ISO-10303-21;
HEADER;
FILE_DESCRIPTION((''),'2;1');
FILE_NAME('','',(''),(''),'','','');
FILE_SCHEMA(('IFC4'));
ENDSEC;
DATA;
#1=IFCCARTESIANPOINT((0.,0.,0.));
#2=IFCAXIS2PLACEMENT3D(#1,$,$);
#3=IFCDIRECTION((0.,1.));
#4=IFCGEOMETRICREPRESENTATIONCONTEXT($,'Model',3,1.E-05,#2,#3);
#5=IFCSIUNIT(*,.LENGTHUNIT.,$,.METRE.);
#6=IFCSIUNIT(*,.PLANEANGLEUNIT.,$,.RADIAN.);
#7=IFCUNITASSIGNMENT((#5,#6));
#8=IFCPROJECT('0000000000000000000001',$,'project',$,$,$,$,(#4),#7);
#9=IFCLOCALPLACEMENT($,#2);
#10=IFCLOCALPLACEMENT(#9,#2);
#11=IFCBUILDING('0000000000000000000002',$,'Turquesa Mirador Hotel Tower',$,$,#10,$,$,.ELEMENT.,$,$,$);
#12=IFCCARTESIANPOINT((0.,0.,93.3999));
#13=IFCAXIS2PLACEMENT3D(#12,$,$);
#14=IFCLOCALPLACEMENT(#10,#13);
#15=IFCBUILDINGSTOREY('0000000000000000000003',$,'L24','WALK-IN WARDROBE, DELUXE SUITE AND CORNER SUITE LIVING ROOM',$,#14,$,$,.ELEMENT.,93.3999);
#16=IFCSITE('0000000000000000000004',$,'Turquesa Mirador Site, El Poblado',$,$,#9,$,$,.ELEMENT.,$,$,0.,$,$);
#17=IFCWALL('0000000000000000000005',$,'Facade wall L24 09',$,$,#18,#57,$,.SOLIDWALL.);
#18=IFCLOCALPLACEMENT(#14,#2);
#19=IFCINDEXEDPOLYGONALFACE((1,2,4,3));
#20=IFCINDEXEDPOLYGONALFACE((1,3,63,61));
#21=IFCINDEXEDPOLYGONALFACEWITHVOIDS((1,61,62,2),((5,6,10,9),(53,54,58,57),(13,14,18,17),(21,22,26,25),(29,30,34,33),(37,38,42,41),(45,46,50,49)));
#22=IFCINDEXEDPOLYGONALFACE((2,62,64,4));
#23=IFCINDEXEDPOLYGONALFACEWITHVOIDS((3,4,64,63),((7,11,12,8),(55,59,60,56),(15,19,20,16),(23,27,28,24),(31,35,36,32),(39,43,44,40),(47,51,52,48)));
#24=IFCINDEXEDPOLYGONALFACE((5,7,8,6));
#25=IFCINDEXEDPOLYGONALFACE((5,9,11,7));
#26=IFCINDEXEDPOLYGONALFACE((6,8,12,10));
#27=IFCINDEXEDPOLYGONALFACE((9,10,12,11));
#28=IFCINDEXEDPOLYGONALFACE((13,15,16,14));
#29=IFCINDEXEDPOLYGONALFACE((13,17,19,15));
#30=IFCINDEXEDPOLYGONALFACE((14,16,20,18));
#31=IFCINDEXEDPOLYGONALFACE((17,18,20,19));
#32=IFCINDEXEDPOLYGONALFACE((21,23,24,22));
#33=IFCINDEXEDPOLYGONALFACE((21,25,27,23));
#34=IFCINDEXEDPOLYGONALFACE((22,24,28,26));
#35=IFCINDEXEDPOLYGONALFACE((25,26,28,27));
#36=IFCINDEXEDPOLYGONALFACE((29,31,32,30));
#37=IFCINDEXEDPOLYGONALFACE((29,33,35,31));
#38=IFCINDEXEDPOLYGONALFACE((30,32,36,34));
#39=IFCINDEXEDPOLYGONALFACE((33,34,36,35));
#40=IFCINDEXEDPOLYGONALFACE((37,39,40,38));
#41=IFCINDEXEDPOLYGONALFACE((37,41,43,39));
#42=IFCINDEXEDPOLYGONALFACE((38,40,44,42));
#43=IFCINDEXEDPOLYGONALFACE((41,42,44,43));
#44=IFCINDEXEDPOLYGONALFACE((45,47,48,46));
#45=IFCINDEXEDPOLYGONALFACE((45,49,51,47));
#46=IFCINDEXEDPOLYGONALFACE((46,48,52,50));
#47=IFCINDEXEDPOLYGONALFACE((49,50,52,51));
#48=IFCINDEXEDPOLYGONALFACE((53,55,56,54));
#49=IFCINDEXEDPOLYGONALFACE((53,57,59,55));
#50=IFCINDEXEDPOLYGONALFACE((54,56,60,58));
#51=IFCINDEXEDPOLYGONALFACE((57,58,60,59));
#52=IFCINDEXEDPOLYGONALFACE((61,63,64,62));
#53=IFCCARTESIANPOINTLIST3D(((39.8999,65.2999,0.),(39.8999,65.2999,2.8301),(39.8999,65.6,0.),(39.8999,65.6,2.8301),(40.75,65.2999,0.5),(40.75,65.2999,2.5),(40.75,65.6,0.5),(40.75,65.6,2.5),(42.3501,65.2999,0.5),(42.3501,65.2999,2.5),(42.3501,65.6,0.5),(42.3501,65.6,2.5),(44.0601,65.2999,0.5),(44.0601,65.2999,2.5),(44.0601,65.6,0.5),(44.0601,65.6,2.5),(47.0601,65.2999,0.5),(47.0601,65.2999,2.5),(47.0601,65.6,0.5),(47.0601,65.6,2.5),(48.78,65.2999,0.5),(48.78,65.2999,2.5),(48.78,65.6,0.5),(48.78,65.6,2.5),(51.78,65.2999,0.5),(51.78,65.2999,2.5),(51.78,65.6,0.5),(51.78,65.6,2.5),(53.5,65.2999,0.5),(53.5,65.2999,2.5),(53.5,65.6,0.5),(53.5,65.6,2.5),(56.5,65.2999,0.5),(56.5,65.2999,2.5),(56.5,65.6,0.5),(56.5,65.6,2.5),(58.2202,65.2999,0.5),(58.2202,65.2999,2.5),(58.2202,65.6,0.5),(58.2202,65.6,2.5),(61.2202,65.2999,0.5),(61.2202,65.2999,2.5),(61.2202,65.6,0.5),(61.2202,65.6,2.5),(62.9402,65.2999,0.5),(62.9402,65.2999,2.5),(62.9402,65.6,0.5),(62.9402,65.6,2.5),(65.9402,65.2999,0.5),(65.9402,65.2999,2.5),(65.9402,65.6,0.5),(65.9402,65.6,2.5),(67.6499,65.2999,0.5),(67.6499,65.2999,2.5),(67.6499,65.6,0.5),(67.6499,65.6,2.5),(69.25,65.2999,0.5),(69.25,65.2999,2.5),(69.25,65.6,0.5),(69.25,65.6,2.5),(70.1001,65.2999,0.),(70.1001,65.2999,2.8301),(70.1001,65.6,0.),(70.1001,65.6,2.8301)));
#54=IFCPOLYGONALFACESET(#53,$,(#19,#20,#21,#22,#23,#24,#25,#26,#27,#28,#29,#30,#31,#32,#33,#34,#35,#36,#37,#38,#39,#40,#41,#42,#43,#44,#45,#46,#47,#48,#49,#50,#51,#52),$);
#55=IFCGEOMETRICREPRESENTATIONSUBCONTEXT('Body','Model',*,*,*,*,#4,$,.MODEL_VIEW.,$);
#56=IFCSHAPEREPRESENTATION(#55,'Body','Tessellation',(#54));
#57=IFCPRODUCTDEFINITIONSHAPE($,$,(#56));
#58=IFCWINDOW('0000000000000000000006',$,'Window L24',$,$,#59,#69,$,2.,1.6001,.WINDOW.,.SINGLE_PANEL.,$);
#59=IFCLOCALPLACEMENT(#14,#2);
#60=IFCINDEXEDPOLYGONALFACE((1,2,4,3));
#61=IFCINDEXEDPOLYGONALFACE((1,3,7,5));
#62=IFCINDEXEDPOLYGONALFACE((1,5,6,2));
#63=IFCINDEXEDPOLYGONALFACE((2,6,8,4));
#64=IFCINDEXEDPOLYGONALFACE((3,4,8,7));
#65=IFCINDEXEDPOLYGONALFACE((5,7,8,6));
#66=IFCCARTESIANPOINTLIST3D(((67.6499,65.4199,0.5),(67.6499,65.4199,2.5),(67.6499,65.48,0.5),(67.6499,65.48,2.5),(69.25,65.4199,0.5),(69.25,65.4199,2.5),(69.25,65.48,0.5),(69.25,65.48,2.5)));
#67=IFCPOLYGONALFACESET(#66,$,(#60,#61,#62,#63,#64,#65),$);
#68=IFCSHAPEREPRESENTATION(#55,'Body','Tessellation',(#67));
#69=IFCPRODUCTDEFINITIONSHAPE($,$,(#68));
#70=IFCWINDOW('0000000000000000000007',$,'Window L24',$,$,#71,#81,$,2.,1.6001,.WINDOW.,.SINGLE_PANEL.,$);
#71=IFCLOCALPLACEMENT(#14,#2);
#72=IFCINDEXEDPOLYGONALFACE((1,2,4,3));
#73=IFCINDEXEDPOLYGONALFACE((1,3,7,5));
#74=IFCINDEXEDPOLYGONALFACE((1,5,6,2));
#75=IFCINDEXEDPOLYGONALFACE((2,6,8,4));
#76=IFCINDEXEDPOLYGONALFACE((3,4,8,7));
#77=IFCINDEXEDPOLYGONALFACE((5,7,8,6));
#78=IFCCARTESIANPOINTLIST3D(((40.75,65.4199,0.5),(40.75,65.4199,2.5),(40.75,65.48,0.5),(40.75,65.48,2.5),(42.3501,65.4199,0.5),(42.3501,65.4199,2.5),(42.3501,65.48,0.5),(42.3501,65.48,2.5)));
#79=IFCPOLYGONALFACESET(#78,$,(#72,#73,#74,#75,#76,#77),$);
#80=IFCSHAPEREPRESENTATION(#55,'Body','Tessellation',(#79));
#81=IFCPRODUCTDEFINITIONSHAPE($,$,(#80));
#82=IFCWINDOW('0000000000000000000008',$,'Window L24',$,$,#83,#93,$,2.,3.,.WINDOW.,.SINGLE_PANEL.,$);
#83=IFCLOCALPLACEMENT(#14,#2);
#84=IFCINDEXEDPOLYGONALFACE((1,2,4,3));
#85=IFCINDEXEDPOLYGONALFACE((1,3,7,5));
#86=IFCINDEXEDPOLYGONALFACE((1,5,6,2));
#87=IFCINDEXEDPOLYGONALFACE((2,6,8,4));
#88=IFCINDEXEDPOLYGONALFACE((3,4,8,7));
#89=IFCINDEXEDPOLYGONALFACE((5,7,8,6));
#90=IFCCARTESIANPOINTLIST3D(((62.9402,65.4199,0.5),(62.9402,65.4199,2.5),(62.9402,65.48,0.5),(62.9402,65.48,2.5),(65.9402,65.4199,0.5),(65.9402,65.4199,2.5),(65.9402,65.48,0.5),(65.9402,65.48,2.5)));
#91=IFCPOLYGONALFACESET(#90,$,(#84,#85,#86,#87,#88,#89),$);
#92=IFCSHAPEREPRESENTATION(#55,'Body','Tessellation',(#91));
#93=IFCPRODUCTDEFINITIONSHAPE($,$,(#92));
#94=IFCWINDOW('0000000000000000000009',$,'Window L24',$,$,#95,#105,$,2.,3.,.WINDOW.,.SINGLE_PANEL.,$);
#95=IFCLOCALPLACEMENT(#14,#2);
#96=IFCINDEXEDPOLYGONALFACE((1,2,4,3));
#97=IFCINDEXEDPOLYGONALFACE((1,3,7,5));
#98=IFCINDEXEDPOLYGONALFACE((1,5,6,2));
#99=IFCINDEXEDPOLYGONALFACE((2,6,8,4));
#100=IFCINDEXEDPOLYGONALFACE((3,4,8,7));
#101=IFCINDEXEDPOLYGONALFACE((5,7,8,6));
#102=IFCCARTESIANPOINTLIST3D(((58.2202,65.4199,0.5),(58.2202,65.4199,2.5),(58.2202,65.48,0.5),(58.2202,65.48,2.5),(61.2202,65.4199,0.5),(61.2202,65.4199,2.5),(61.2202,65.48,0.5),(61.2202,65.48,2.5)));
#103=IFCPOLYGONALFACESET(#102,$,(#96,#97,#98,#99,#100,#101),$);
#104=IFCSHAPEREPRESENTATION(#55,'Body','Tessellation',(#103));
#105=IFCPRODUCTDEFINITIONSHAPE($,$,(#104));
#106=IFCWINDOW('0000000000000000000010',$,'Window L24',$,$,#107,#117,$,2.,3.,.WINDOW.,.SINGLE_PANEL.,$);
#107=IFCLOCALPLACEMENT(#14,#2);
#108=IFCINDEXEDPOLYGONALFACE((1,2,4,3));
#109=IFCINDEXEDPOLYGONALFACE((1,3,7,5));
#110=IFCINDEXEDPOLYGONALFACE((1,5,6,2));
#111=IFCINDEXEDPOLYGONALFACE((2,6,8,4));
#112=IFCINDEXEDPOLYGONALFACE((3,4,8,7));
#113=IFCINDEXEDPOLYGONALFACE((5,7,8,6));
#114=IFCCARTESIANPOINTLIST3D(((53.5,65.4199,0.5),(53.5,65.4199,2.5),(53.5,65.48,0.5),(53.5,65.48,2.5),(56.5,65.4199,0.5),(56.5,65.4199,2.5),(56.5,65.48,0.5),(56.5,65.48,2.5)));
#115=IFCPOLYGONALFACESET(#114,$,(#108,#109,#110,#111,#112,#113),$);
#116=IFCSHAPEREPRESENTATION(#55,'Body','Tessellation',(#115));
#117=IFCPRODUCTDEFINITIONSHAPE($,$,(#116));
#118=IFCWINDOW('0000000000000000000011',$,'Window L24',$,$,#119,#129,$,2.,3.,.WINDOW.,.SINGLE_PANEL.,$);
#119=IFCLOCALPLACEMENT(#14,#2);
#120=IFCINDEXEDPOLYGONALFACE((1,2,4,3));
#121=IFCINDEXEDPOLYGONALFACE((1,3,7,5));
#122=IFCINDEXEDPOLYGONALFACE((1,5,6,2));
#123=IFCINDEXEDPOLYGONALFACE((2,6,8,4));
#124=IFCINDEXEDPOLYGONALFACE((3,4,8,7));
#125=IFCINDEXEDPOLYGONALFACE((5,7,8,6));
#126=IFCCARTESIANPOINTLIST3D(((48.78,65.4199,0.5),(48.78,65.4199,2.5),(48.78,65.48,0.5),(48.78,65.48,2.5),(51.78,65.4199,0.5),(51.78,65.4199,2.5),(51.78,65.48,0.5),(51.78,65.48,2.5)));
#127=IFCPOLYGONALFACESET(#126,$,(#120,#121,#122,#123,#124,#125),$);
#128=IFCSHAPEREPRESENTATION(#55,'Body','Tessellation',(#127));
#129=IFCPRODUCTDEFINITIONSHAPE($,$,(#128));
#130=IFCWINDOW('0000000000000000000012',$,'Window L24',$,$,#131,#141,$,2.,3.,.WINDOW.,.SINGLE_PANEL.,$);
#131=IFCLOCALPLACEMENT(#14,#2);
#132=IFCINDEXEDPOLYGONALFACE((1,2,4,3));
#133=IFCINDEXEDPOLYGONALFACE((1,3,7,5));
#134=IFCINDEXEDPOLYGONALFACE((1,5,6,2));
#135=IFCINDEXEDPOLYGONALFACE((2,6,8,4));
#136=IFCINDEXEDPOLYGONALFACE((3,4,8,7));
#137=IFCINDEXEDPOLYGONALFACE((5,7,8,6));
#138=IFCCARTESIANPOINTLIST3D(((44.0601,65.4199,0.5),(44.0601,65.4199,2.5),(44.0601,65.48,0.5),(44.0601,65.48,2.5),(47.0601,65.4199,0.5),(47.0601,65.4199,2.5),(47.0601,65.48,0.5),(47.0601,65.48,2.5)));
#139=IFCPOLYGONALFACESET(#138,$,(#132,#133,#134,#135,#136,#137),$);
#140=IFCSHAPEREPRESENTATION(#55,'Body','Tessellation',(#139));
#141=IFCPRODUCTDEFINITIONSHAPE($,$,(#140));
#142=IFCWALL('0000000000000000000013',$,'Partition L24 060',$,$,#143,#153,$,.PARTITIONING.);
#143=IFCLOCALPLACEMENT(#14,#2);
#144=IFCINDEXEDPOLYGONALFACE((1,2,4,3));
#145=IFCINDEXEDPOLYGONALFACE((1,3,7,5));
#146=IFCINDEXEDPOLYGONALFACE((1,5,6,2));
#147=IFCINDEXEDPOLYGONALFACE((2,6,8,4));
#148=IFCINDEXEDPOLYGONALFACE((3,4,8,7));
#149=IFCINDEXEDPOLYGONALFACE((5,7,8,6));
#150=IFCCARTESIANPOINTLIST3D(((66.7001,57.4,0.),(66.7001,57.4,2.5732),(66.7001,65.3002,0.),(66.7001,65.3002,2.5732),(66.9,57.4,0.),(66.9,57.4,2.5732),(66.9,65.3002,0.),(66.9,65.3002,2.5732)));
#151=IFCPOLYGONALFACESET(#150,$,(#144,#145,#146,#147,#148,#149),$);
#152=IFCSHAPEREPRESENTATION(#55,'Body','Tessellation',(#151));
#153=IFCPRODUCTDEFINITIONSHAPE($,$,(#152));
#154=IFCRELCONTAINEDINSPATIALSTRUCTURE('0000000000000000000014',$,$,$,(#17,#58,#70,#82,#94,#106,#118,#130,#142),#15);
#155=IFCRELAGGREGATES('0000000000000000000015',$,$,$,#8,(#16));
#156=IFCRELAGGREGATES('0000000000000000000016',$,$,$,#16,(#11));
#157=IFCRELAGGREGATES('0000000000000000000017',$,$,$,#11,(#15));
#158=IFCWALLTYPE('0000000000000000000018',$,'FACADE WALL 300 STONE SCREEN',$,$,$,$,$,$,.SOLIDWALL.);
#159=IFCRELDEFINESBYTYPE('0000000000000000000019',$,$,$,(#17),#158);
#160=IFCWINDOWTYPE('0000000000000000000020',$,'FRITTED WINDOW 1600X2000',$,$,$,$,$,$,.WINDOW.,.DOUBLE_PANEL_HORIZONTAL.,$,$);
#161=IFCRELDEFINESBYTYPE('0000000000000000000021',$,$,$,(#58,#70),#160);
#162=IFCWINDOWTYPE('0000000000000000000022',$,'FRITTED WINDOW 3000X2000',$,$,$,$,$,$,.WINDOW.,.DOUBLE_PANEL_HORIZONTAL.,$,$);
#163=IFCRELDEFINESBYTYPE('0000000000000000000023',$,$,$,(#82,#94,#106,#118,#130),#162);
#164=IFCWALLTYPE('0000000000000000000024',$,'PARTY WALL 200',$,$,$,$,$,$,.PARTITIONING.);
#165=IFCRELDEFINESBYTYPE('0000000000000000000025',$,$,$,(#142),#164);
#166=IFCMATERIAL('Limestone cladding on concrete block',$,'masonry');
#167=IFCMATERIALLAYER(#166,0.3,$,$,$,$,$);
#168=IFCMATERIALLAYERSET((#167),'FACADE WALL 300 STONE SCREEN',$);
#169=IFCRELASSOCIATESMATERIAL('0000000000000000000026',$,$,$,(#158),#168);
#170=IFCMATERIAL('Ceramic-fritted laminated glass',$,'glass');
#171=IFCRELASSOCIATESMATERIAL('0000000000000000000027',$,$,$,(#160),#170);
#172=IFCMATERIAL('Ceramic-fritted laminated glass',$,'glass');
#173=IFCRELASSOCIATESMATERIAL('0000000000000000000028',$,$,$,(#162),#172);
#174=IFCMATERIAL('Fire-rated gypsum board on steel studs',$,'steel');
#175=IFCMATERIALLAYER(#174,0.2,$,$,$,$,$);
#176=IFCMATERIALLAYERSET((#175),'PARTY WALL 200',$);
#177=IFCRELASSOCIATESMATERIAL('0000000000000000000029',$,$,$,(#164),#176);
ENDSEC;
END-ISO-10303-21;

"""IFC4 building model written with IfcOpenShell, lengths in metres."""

from ifc_helpers import new_model, si_unit, direction, frame, frame_2d, origin, place, context, subcontext, project, spatial, rectangle, extrude, material, layer, layer_set, type_object, element, fill, save


model = new_model("IFC4")

# Units and contexts
model_context = context("Model", 3, precision=1e-05, world=origin(), true_north=direction((0.0, 1.0)))
body_context = subcontext(model_context, "Body", "Model", "MODEL_VIEW")
ifc_project = project(units=[si_unit("LENGTHUNIT", "METRE"), si_unit("PLANEANGLEUNIT", "RADIAN")], contexts=[model_context])

# Site, building, storey
site_placement = place(None, origin())
site = spatial("IfcSite", under=ifc_project, at=site_placement, Name="Turquesa Mirador Site, El Poblado", CompositionType="ELEMENT", RefElevation=0.0)
building_placement = place(site_placement, origin())
building = spatial("IfcBuilding", under=site, at=building_placement, Name="Turquesa Mirador Hotel Tower", CompositionType="ELEMENT")
storey_placement = place(building_placement, frame((0.0, 0.0, 93.3999)))
storey = spatial("IfcBuildingStorey", under=building, at=storey_placement, Name="L24", Description="WALK-IN WARDROBE, DELUXE SUITE AND CORNER SUITE LIVING ROOM", CompositionType="ELEMENT", Elevation=93.3999)

# Shared definitions
ifc_material_1 = material(Name="Limestone cladding on concrete block", Category="masonry")
ifc_layer_1 = layer(ifc_material_1, 0.3)
ifc_layer_set_1 = layer_set([ifc_layer_1], Name="FACADE WALL 300 STONE SCREEN")
wall_type_1 = type_object("IfcWallType", Name="FACADE WALL 300 STONE SCREEN", PredefinedType="SOLIDWALL", material=ifc_layer_set_1)

# Wall, openings, windows
wall_1_placement = place(storey_placement, frame((70.1001, 65.45, 0.0), z_axis=(0.0, 0.0, 1.0), x_axis=(-1.0, 0.0, 0.0)))
wall_1 = element("IfcWall", 1, at=wall_1_placement, inside=storey, type_object=wall_type_1, Name="Facade wall L24 09", PredefinedType="SOLIDWALL", context=body_context, shape_type="SweptSolid", body=[
    extrude(rectangle(XDim=30.2002, YDim=0.3, at=frame_2d((15.1001, 0.0))), origin(), (0.0, 0.0, 1.0), 2.8301),
])
opening_1_placement = place(wall_1_placement, frame((0.8501, 0.0, 0.5)))
opening_1 = element("IfcOpeningElement", 2, at=opening_1_placement, cuts=wall_1, PredefinedType="OPENING", context=body_context, shape_type="SweptSolid", body=[
    extrude(rectangle(XDim=1.6001, YDim=2.0, at=frame_2d((0.8, 1.0))), frame((0.0, 0.1599, 0.0), z_axis=(0.0, -1.0, 0.0), x_axis=(1.0, 0.0, 0.0)), (0.0, 0.0, 1.0), 0.3201),
])
opening_2_placement = place(wall_1_placement, frame((4.1599, 0.0, 0.5)))
opening_2 = element("IfcOpeningElement", 3, at=opening_2_placement, cuts=wall_1, PredefinedType="OPENING", context=body_context, shape_type="SweptSolid", body=[
    extrude(rectangle(XDim=3.0, YDim=2.0, at=frame_2d((1.5, 1.0))), frame((0.0, 0.1599, 0.0), z_axis=(0.0, -1.0, 0.0), x_axis=(1.0, 0.0, 0.0)), (0.0, 0.0, 1.0), 0.3201),
])
opening_3_placement = place(wall_1_placement, frame((8.8799, 0.0, 0.5)))
opening_3 = element("IfcOpeningElement", 4, at=opening_3_placement, cuts=wall_1, PredefinedType="OPENING", context=body_context, shape_type="SweptSolid", body=[
    extrude(rectangle(XDim=3.0, YDim=2.0, at=frame_2d((1.5, 1.0))), frame((0.0, 0.1599, 0.0), z_axis=(0.0, -1.0, 0.0), x_axis=(1.0, 0.0, 0.0)), (0.0, 0.0, 1.0), 0.3201),
])
opening_4_placement = place(wall_1_placement, frame((13.6001, 0.0, 0.5)))
opening_4 = element("IfcOpeningElement", 5, at=opening_4_placement, cuts=wall_1, PredefinedType="OPENING", context=body_context, shape_type="SweptSolid", body=[
    extrude(rectangle(XDim=3.0, YDim=2.0, at=frame_2d((1.5, 1.0))), frame((0.0, 0.1599, 0.0), z_axis=(0.0, -1.0, 0.0), x_axis=(1.0, 0.0, 0.0)), (0.0, 0.0, 1.0), 0.3201),
])
opening_5_placement = place(wall_1_placement, frame((18.3201, 0.0, 0.5)))
opening_5 = element("IfcOpeningElement", 6, at=opening_5_placement, cuts=wall_1, PredefinedType="OPENING", context=body_context, shape_type="SweptSolid", body=[
    extrude(rectangle(XDim=3.0, YDim=2.0, at=frame_2d((1.5, 1.0))), frame((0.0, 0.1599, 0.0), z_axis=(0.0, -1.0, 0.0), x_axis=(1.0, 0.0, 0.0)), (0.0, 0.0, 1.0), 0.3201),
])
opening_6_placement = place(wall_1_placement, frame((23.04, 0.0, 0.5)))
opening_6 = element("IfcOpeningElement", 7, at=opening_6_placement, cuts=wall_1, PredefinedType="OPENING", context=body_context, shape_type="SweptSolid", body=[
    extrude(rectangle(XDim=3.0, YDim=2.0, at=frame_2d((1.5, 1.0))), frame((0.0, 0.1599, 0.0), z_axis=(0.0, -1.0, 0.0), x_axis=(1.0, 0.0, 0.0)), (0.0, 0.0, 1.0), 0.3201),
])
opening_7_placement = place(wall_1_placement, frame((27.75, 0.0, 0.5)))
opening_7 = element("IfcOpeningElement", 8, at=opening_7_placement, cuts=wall_1, PredefinedType="OPENING", context=body_context, shape_type="SweptSolid", body=[
    extrude(rectangle(XDim=1.6001, YDim=2.0, at=frame_2d((0.8, 1.0))), frame((0.0, 0.1599, 0.0), z_axis=(0.0, -1.0, 0.0), x_axis=(1.0, 0.0, 0.0)), (0.0, 0.0, 1.0), 0.3201),
])
ifc_material_2 = material(Name="Ceramic-fritted laminated glass", Category="glass")
window_type_1 = type_object("IfcWindowType", Name="FRITTED WINDOW 1600X2000", PartitioningType="DOUBLE_PANEL_HORIZONTAL", PredefinedType="WINDOW", material=ifc_material_2)
window_1_placement = place(opening_1_placement, origin())
window_1 = element("IfcWindow", 9, at=window_1_placement, inside=storey, type_object=window_type_1, Name="Window L24", OverallHeight=2.0, OverallWidth=1.6001, PartitioningType="SINGLE_PANEL", PredefinedType="WINDOW", context=body_context, shape_type="SweptSolid", body=[
    extrude(rectangle(XDim=1.6001, YDim=2.0, at=frame_2d((0.8, 1.0))), frame((0.0, 0.03, 0.0), z_axis=(0.0, -1.0, 0.0), x_axis=(1.0, 0.0, 0.0)), (0.0, 0.0, 1.0), 0.0601),
])
fill(opening_1, window_1)
window_2_placement = place(opening_7_placement, origin())
window_2 = element("IfcWindow", 10, at=window_2_placement, inside=storey, type_object=window_type_1, Name="Window L24", OverallHeight=2.0, OverallWidth=1.6001, PartitioningType="SINGLE_PANEL", PredefinedType="WINDOW", context=body_context, shape_type="SweptSolid", body=[
    extrude(rectangle(XDim=1.6001, YDim=2.0, at=frame_2d((0.8, 1.0))), frame((0.0, 0.03, 0.0), z_axis=(0.0, -1.0, 0.0), x_axis=(1.0, 0.0, 0.0)), (0.0, 0.0, 1.0), 0.0601),
])
fill(opening_7, window_2)
ifc_material_3 = material(Name="Ceramic-fritted laminated glass", Category="glass")
window_type_2 = type_object("IfcWindowType", Name="FRITTED WINDOW 3000X2000", PartitioningType="DOUBLE_PANEL_HORIZONTAL", PredefinedType="WINDOW", material=ifc_material_3)
window_3_placement = place(opening_2_placement, origin())
window_3 = element("IfcWindow", 11, at=window_3_placement, inside=storey, type_object=window_type_2, Name="Window L24", OverallHeight=2.0, OverallWidth=3.0, PartitioningType="SINGLE_PANEL", PredefinedType="WINDOW", context=body_context, shape_type="SweptSolid", body=[
    extrude(rectangle(XDim=3.0, YDim=2.0, at=frame_2d((1.5, 1.0))), frame((0.0, 0.03, 0.0), z_axis=(0.0, -1.0, 0.0), x_axis=(1.0, 0.0, 0.0)), (0.0, 0.0, 1.0), 0.0601),
])
fill(opening_2, window_3)
window_4_placement = place(opening_3_placement, origin())
window_4 = element("IfcWindow", 12, at=window_4_placement, inside=storey, type_object=window_type_2, Name="Window L24", OverallHeight=2.0, OverallWidth=3.0, PartitioningType="SINGLE_PANEL", PredefinedType="WINDOW", context=body_context, shape_type="SweptSolid", body=[
    extrude(rectangle(XDim=3.0, YDim=2.0, at=frame_2d((1.5, 1.0))), frame((0.0, 0.03, 0.0), z_axis=(0.0, -1.0, 0.0), x_axis=(1.0, 0.0, 0.0)), (0.0, 0.0, 1.0), 0.0601),
])
fill(opening_3, window_4)
window_5_placement = place(opening_4_placement, origin())
window_5 = element("IfcWindow", 13, at=window_5_placement, inside=storey, type_object=window_type_2, Name="Window L24", OverallHeight=2.0, OverallWidth=3.0, PartitioningType="SINGLE_PANEL", PredefinedType="WINDOW", context=body_context, shape_type="SweptSolid", body=[
    extrude(rectangle(XDim=3.0, YDim=2.0, at=frame_2d((1.5, 1.0))), frame((0.0, 0.03, 0.0), z_axis=(0.0, -1.0, 0.0), x_axis=(1.0, 0.0, 0.0)), (0.0, 0.0, 1.0), 0.0601),
])
fill(opening_4, window_5)
window_6_placement = place(opening_5_placement, origin())
window_6 = element("IfcWindow", 14, at=window_6_placement, inside=storey, type_object=window_type_2, Name="Window L24", OverallHeight=2.0, OverallWidth=3.0, PartitioningType="SINGLE_PANEL", PredefinedType="WINDOW", context=body_context, shape_type="SweptSolid", body=[
    extrude(rectangle(XDim=3.0, YDim=2.0, at=frame_2d((1.5, 1.0))), frame((0.0, 0.03, 0.0), z_axis=(0.0, -1.0, 0.0), x_axis=(1.0, 0.0, 0.0)), (0.0, 0.0, 1.0), 0.0601),
])
fill(opening_5, window_6)
window_7_placement = place(opening_6_placement, origin())
window_7 = element("IfcWindow", 15, at=window_7_placement, inside=storey, type_object=window_type_2, Name="Window L24", OverallHeight=2.0, OverallWidth=3.0, PartitioningType="SINGLE_PANEL", PredefinedType="WINDOW", context=body_context, shape_type="SweptSolid", body=[
    extrude(rectangle(XDim=3.0, YDim=2.0, at=frame_2d((1.5, 1.0))), frame((0.0, 0.03, 0.0), z_axis=(0.0, -1.0, 0.0), x_axis=(1.0, 0.0, 0.0)), (0.0, 0.0, 1.0), 0.0601),
])
fill(opening_6, window_7)

# Wall
ifc_material_4 = material(Name="Fire-rated gypsum board on steel studs", Category="steel")
ifc_layer_2 = layer(ifc_material_4, 0.2)
ifc_layer_set_2 = layer_set([ifc_layer_2], Name="PARTY WALL 200")
wall_type_2 = type_object("IfcWallType", Name="PARTY WALL 200", PredefinedType="PARTITIONING", material=ifc_layer_set_2)
wall_2_placement = place(storey_placement, frame((66.8, 57.3999, 0.0), z_axis=(0.0, 0.0, 1.0), x_axis=(0.0, 1.0, 0.0)))
element("IfcWall", 16, at=wall_2_placement, inside=storey, type_object=wall_type_2, Name="Partition L24 060", PredefinedType="PARTITIONING", context=body_context, shape_type="SweptSolid", body=[
    extrude(rectangle(XDim=7.9001, YDim=0.2, at=frame_2d((3.9502, 0.0))), origin(), (0.0, 0.0, 1.0), 2.5732),
])

save(model, "model.ifc")
